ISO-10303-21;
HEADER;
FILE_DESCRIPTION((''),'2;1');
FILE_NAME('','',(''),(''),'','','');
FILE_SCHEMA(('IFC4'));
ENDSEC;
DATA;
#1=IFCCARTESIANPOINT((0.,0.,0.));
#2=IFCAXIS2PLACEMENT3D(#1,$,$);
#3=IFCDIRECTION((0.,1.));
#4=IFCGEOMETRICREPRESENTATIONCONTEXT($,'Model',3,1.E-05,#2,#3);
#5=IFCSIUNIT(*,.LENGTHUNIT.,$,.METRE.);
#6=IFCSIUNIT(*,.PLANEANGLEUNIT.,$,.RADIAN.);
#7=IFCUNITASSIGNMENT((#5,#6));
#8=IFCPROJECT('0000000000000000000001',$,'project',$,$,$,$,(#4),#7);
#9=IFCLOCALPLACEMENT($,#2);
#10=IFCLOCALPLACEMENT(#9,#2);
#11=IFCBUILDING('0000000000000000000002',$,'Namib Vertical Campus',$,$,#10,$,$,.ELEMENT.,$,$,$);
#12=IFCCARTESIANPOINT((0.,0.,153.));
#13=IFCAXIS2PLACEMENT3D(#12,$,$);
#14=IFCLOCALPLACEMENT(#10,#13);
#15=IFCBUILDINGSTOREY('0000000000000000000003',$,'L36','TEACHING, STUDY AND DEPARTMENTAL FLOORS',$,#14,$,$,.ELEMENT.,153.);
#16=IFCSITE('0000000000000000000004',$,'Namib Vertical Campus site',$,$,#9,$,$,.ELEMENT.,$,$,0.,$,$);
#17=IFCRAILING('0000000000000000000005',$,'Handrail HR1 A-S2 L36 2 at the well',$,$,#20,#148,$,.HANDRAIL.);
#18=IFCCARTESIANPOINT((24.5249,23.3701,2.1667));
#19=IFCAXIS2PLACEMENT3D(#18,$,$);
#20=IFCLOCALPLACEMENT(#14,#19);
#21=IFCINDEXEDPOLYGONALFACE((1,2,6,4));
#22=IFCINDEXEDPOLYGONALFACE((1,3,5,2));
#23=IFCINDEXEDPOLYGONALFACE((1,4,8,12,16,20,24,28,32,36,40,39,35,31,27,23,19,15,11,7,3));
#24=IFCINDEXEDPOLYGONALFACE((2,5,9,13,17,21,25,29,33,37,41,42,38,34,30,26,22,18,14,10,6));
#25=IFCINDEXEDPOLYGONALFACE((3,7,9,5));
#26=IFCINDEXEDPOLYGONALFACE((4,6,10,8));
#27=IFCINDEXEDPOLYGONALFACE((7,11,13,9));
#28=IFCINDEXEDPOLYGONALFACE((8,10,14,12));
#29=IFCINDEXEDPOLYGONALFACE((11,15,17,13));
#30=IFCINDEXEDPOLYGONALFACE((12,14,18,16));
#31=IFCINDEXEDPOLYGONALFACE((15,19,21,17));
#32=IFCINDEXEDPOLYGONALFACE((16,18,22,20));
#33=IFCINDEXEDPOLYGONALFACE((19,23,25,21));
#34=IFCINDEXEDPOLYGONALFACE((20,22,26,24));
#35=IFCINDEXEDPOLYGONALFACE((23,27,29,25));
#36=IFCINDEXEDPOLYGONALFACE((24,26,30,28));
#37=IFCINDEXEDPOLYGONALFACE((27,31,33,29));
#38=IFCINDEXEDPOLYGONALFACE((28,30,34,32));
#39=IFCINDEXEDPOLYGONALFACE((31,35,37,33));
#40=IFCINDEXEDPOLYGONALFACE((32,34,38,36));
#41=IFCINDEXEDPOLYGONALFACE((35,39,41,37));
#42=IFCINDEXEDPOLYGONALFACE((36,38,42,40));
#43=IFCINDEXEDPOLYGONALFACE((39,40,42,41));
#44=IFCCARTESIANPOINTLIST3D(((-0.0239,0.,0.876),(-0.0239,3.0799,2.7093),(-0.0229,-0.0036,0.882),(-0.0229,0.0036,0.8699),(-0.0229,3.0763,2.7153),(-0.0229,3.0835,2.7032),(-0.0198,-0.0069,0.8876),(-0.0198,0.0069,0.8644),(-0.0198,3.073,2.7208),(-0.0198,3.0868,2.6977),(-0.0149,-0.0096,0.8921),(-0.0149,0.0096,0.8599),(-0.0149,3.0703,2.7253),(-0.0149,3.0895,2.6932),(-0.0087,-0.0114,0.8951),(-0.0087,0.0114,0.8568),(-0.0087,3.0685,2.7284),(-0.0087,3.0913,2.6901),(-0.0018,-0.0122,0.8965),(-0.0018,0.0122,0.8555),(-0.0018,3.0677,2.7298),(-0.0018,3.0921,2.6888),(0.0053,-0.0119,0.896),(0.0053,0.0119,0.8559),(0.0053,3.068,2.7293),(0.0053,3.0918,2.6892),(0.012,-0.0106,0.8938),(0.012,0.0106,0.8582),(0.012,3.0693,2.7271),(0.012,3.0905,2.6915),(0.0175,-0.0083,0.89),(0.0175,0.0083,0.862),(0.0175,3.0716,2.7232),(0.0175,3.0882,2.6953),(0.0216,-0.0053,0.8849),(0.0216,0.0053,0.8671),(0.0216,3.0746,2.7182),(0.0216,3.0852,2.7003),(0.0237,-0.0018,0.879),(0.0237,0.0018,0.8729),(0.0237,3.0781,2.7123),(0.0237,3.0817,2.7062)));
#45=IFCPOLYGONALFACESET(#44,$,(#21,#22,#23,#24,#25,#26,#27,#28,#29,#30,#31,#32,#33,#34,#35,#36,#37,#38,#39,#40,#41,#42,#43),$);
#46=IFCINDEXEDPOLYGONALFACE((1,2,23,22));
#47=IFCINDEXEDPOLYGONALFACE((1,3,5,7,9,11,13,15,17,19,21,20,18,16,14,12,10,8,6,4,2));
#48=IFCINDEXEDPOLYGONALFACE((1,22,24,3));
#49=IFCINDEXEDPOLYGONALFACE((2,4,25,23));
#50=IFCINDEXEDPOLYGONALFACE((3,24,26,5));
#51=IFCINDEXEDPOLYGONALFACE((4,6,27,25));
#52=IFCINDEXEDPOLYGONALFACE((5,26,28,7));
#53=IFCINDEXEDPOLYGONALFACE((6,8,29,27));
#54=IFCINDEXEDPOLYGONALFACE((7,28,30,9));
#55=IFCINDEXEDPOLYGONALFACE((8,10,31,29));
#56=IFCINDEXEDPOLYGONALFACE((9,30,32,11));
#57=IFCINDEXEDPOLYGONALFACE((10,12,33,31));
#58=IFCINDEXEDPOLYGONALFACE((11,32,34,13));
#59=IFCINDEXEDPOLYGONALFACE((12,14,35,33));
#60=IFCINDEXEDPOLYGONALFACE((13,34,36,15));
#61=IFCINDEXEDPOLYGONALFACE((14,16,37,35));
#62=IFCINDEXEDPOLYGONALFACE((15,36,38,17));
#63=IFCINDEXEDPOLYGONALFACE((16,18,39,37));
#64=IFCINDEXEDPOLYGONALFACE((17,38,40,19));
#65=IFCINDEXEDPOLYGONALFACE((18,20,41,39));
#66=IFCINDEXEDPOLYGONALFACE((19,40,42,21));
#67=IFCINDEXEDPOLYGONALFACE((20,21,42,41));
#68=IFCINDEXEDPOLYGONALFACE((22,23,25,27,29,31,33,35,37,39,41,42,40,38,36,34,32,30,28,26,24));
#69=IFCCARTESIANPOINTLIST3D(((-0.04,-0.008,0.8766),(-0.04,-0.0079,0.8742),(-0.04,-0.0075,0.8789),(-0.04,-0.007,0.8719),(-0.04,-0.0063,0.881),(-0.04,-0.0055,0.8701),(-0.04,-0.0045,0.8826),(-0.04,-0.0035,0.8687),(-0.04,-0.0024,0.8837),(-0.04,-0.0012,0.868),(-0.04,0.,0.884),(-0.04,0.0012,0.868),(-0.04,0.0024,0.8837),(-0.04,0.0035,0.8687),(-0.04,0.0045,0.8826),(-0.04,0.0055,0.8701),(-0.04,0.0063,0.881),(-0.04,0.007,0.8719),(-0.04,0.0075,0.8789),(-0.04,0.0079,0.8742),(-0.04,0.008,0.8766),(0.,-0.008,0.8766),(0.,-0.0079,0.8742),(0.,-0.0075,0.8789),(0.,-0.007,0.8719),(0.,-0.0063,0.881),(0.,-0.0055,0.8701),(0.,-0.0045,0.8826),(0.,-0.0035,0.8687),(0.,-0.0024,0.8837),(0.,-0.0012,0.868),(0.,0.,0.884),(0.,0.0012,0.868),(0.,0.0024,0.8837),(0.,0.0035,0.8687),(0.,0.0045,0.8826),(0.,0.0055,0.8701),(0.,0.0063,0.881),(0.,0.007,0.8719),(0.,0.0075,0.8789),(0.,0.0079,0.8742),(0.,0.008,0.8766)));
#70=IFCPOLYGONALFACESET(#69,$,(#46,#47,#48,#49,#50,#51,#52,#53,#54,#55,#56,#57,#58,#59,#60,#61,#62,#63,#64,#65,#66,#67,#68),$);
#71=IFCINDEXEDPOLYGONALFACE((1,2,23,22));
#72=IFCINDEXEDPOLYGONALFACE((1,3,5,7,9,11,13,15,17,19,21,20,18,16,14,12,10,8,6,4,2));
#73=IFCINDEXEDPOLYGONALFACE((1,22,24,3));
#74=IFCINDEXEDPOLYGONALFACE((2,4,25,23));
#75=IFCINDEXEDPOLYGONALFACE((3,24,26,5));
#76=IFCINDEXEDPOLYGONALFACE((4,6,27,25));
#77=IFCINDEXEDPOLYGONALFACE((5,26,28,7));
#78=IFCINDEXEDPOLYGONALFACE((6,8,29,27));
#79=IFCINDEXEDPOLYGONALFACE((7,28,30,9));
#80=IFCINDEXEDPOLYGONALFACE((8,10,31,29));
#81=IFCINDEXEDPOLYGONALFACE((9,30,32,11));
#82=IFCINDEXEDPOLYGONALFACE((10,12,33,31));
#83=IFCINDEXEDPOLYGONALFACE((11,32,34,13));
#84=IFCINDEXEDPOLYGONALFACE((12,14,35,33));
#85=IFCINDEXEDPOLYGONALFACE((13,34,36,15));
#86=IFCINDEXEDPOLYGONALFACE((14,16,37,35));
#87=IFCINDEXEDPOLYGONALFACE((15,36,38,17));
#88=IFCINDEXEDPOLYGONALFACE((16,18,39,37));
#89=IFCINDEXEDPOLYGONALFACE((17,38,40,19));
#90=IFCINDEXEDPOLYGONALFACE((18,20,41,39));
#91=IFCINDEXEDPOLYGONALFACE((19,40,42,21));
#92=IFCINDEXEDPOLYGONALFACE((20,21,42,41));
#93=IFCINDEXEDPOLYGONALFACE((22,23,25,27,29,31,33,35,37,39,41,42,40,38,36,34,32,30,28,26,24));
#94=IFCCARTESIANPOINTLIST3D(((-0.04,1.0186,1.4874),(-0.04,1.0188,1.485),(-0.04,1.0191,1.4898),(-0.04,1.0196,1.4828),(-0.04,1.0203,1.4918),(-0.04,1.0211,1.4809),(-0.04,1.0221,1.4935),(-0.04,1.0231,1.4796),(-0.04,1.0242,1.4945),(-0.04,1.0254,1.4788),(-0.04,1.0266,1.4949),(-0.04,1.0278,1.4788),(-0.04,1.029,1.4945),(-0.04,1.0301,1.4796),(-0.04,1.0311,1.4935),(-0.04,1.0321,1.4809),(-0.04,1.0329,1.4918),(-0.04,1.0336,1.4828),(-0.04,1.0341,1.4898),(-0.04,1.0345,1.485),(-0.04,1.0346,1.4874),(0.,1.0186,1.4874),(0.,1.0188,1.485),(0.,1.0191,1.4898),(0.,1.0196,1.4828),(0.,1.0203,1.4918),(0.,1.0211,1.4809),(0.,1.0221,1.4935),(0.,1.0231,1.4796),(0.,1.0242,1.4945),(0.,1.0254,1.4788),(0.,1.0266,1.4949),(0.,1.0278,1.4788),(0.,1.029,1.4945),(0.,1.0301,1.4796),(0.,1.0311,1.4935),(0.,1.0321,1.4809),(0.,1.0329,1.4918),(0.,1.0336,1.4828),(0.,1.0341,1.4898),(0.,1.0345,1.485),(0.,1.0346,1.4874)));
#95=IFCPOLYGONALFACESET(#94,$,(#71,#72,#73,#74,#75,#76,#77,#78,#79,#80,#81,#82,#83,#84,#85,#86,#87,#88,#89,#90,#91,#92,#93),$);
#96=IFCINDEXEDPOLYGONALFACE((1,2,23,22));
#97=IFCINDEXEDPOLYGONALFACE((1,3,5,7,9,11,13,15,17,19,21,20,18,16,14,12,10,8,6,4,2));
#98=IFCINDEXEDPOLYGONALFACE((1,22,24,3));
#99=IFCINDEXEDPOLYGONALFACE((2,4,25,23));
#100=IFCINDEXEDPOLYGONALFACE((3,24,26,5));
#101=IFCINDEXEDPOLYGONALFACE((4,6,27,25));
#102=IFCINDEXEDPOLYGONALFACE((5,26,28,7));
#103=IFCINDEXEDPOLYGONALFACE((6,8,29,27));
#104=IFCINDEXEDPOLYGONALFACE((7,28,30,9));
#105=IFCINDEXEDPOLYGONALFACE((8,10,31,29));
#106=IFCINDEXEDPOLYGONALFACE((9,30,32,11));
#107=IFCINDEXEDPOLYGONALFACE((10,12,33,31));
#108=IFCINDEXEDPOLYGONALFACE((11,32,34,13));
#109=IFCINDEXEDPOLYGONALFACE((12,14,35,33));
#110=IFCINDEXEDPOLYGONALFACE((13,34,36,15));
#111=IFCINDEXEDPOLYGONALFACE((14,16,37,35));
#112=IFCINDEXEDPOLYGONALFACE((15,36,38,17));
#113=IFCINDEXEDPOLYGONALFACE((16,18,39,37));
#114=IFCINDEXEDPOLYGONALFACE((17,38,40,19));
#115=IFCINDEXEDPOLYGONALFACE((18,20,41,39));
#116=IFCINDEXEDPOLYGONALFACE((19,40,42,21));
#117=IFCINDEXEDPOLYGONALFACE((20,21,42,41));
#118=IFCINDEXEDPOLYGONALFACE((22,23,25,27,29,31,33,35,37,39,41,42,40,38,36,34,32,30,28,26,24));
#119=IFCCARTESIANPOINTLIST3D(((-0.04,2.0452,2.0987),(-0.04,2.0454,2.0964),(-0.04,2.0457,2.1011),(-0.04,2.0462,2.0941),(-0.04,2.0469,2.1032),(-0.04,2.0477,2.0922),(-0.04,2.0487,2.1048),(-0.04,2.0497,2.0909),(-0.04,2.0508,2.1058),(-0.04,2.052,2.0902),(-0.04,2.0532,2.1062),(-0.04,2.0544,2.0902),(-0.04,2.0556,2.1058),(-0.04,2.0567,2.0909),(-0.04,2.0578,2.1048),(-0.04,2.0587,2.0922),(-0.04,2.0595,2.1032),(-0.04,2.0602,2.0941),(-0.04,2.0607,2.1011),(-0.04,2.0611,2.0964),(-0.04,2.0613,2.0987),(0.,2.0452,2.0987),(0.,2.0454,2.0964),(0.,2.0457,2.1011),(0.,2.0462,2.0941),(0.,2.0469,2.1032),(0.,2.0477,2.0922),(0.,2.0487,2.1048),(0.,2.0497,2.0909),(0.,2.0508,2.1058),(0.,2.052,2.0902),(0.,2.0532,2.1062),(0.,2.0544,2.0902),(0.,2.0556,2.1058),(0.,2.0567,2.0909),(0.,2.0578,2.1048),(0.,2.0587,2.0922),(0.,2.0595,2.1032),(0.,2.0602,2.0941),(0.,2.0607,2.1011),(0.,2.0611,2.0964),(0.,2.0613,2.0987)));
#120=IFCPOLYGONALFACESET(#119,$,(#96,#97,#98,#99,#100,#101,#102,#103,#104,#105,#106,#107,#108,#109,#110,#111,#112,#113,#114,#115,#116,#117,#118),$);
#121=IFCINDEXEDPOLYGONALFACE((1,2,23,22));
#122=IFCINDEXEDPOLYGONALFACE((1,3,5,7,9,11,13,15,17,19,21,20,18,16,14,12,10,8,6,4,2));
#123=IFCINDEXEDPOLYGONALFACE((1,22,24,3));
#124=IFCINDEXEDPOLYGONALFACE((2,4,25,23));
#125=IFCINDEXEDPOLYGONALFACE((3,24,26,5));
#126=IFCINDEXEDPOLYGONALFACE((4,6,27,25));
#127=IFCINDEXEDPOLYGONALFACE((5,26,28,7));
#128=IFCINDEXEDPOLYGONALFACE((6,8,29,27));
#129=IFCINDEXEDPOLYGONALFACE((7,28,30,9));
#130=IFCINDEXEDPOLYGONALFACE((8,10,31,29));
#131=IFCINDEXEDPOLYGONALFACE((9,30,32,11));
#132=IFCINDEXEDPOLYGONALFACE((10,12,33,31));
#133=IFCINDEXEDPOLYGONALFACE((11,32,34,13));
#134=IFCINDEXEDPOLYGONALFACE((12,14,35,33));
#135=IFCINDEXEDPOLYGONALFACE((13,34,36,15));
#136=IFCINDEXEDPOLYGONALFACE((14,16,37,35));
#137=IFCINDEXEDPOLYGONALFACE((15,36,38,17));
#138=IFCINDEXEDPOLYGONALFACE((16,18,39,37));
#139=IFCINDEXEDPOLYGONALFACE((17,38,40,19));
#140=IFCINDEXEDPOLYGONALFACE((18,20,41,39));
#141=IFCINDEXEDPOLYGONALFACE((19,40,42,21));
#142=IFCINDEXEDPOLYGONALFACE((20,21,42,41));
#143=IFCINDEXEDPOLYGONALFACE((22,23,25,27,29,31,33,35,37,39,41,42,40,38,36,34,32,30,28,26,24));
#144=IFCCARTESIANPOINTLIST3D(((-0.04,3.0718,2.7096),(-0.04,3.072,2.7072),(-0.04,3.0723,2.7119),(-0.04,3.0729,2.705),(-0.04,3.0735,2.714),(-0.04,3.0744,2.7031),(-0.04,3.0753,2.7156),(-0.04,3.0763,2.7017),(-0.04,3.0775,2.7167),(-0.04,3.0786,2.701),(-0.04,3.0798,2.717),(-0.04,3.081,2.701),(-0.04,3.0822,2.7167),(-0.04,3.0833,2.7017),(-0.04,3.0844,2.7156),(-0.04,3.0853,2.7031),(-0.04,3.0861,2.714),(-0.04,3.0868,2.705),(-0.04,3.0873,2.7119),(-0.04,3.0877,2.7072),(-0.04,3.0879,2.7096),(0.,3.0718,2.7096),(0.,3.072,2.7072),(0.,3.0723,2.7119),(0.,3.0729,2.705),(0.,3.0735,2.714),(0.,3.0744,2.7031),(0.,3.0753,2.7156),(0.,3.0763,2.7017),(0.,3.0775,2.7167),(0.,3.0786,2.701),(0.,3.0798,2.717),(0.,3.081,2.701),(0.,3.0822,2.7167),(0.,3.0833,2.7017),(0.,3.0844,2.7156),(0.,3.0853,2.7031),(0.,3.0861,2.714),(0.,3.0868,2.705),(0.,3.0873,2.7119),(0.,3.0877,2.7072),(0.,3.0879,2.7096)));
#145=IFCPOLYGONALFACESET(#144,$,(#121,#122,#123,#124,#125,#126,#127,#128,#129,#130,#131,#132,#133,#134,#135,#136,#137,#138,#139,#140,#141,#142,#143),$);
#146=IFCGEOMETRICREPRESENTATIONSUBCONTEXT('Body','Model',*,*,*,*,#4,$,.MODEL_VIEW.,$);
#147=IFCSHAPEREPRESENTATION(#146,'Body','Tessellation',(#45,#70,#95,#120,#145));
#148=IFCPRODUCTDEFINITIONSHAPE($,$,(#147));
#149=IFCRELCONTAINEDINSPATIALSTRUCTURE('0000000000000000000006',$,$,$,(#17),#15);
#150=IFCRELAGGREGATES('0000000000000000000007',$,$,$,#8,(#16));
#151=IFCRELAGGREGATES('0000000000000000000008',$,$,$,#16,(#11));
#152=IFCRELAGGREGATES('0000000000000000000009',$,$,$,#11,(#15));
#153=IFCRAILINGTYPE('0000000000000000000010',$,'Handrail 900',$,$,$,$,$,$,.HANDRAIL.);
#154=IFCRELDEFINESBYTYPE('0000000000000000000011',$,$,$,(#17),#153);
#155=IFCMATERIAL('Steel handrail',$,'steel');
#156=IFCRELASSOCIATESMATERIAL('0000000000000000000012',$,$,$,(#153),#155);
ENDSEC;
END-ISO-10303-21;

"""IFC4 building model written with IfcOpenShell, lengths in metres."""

from ifc_helpers import new_model, si_unit, direction, frame, origin, origin_2d, place, context, subcontext, project, spatial, circle, extrude, material, type_object, element, save


model = new_model("IFC4")

# Units and contexts
model_context = context("Model", 3, precision=1e-05, world=origin(), true_north=direction((0.0, 1.0)))
body_context = subcontext(model_context, "Body", "Model", "MODEL_VIEW")
ifc_project = project(units=[si_unit("LENGTHUNIT", "METRE"), si_unit("PLANEANGLEUNIT", "RADIAN")], contexts=[model_context])

# Site, building, storey
site_placement = place(None, origin())
site = spatial("IfcSite", under=ifc_project, at=site_placement, Name="Namib Vertical Campus site", CompositionType="ELEMENT", RefElevation=0.0)
building_placement = place(site_placement, origin())
building = spatial("IfcBuilding", under=site, at=building_placement, Name="Namib Vertical Campus", CompositionType="ELEMENT")
storey_placement = place(building_placement, frame((0.0, 0.0, 153.0)))
storey = spatial("IfcBuildingStorey", under=building, at=storey_placement, Name="L36", Description="TEACHING, STUDY AND DEPARTMENTAL FLOORS", CompositionType="ELEMENT", Elevation=153.0)

# Railing
ifc_material_1 = material(Name="Steel handrail", Category="steel")
railing_type_1 = type_object("IfcRailingType", Name="Handrail 900", PredefinedType="HANDRAIL", material=ifc_material_1)
railing_1_placement = place(storey_placement, frame((24.5249, 23.3701, 2.1667)))
element("IfcRailing", 1, at=railing_1_placement, inside=storey, type_object=railing_type_1, Name="Handrail HR1 A-S2 L36 2 at the well", PredefinedType="HANDRAIL", context=body_context, shape_type="SweptSolid", body=[
    extrude(circle(Radius=0.0239, at=origin_2d()), frame((0.0, 0.0, 0.876), z_axis=(0.0, 0.859291, 0.511487), x_axis=(-1.0, 0.0, 0.0)), (0.0, 0.0, 1.0), 3.5842),
    extrude(circle(Radius=0.0081, at=origin_2d()), frame((0.0, 0.0, 0.876), z_axis=(-1.0, 0.0, 0.0), x_axis=(0.0, 0.0, 1.0)), (0.0, 0.0, 1.0), 0.04),
    extrude(circle(Radius=0.0081, at=origin_2d()), frame((0.0, 1.0266, 1.4868), z_axis=(-1.0, 0.0, 0.0), x_axis=(0.0, 0.0, 1.0)), (0.0, 0.0, 1.0), 0.04),
    extrude(circle(Radius=0.0081, at=origin_2d()), frame((0.0, 2.0532, 2.0981), z_axis=(-1.0, 0.0, 0.0), x_axis=(0.0, 0.0, 1.0)), (0.0, 0.0, 1.0), 0.04),
    extrude(circle(Radius=0.0081, at=origin_2d()), frame((0.0, 3.0798, 2.709), z_axis=(-1.0, 0.0, 0.0), x_axis=(0.0, 0.0, 1.0)), (0.0, 0.0, 1.0), 0.04),
])

save(model, "model.ifc")
